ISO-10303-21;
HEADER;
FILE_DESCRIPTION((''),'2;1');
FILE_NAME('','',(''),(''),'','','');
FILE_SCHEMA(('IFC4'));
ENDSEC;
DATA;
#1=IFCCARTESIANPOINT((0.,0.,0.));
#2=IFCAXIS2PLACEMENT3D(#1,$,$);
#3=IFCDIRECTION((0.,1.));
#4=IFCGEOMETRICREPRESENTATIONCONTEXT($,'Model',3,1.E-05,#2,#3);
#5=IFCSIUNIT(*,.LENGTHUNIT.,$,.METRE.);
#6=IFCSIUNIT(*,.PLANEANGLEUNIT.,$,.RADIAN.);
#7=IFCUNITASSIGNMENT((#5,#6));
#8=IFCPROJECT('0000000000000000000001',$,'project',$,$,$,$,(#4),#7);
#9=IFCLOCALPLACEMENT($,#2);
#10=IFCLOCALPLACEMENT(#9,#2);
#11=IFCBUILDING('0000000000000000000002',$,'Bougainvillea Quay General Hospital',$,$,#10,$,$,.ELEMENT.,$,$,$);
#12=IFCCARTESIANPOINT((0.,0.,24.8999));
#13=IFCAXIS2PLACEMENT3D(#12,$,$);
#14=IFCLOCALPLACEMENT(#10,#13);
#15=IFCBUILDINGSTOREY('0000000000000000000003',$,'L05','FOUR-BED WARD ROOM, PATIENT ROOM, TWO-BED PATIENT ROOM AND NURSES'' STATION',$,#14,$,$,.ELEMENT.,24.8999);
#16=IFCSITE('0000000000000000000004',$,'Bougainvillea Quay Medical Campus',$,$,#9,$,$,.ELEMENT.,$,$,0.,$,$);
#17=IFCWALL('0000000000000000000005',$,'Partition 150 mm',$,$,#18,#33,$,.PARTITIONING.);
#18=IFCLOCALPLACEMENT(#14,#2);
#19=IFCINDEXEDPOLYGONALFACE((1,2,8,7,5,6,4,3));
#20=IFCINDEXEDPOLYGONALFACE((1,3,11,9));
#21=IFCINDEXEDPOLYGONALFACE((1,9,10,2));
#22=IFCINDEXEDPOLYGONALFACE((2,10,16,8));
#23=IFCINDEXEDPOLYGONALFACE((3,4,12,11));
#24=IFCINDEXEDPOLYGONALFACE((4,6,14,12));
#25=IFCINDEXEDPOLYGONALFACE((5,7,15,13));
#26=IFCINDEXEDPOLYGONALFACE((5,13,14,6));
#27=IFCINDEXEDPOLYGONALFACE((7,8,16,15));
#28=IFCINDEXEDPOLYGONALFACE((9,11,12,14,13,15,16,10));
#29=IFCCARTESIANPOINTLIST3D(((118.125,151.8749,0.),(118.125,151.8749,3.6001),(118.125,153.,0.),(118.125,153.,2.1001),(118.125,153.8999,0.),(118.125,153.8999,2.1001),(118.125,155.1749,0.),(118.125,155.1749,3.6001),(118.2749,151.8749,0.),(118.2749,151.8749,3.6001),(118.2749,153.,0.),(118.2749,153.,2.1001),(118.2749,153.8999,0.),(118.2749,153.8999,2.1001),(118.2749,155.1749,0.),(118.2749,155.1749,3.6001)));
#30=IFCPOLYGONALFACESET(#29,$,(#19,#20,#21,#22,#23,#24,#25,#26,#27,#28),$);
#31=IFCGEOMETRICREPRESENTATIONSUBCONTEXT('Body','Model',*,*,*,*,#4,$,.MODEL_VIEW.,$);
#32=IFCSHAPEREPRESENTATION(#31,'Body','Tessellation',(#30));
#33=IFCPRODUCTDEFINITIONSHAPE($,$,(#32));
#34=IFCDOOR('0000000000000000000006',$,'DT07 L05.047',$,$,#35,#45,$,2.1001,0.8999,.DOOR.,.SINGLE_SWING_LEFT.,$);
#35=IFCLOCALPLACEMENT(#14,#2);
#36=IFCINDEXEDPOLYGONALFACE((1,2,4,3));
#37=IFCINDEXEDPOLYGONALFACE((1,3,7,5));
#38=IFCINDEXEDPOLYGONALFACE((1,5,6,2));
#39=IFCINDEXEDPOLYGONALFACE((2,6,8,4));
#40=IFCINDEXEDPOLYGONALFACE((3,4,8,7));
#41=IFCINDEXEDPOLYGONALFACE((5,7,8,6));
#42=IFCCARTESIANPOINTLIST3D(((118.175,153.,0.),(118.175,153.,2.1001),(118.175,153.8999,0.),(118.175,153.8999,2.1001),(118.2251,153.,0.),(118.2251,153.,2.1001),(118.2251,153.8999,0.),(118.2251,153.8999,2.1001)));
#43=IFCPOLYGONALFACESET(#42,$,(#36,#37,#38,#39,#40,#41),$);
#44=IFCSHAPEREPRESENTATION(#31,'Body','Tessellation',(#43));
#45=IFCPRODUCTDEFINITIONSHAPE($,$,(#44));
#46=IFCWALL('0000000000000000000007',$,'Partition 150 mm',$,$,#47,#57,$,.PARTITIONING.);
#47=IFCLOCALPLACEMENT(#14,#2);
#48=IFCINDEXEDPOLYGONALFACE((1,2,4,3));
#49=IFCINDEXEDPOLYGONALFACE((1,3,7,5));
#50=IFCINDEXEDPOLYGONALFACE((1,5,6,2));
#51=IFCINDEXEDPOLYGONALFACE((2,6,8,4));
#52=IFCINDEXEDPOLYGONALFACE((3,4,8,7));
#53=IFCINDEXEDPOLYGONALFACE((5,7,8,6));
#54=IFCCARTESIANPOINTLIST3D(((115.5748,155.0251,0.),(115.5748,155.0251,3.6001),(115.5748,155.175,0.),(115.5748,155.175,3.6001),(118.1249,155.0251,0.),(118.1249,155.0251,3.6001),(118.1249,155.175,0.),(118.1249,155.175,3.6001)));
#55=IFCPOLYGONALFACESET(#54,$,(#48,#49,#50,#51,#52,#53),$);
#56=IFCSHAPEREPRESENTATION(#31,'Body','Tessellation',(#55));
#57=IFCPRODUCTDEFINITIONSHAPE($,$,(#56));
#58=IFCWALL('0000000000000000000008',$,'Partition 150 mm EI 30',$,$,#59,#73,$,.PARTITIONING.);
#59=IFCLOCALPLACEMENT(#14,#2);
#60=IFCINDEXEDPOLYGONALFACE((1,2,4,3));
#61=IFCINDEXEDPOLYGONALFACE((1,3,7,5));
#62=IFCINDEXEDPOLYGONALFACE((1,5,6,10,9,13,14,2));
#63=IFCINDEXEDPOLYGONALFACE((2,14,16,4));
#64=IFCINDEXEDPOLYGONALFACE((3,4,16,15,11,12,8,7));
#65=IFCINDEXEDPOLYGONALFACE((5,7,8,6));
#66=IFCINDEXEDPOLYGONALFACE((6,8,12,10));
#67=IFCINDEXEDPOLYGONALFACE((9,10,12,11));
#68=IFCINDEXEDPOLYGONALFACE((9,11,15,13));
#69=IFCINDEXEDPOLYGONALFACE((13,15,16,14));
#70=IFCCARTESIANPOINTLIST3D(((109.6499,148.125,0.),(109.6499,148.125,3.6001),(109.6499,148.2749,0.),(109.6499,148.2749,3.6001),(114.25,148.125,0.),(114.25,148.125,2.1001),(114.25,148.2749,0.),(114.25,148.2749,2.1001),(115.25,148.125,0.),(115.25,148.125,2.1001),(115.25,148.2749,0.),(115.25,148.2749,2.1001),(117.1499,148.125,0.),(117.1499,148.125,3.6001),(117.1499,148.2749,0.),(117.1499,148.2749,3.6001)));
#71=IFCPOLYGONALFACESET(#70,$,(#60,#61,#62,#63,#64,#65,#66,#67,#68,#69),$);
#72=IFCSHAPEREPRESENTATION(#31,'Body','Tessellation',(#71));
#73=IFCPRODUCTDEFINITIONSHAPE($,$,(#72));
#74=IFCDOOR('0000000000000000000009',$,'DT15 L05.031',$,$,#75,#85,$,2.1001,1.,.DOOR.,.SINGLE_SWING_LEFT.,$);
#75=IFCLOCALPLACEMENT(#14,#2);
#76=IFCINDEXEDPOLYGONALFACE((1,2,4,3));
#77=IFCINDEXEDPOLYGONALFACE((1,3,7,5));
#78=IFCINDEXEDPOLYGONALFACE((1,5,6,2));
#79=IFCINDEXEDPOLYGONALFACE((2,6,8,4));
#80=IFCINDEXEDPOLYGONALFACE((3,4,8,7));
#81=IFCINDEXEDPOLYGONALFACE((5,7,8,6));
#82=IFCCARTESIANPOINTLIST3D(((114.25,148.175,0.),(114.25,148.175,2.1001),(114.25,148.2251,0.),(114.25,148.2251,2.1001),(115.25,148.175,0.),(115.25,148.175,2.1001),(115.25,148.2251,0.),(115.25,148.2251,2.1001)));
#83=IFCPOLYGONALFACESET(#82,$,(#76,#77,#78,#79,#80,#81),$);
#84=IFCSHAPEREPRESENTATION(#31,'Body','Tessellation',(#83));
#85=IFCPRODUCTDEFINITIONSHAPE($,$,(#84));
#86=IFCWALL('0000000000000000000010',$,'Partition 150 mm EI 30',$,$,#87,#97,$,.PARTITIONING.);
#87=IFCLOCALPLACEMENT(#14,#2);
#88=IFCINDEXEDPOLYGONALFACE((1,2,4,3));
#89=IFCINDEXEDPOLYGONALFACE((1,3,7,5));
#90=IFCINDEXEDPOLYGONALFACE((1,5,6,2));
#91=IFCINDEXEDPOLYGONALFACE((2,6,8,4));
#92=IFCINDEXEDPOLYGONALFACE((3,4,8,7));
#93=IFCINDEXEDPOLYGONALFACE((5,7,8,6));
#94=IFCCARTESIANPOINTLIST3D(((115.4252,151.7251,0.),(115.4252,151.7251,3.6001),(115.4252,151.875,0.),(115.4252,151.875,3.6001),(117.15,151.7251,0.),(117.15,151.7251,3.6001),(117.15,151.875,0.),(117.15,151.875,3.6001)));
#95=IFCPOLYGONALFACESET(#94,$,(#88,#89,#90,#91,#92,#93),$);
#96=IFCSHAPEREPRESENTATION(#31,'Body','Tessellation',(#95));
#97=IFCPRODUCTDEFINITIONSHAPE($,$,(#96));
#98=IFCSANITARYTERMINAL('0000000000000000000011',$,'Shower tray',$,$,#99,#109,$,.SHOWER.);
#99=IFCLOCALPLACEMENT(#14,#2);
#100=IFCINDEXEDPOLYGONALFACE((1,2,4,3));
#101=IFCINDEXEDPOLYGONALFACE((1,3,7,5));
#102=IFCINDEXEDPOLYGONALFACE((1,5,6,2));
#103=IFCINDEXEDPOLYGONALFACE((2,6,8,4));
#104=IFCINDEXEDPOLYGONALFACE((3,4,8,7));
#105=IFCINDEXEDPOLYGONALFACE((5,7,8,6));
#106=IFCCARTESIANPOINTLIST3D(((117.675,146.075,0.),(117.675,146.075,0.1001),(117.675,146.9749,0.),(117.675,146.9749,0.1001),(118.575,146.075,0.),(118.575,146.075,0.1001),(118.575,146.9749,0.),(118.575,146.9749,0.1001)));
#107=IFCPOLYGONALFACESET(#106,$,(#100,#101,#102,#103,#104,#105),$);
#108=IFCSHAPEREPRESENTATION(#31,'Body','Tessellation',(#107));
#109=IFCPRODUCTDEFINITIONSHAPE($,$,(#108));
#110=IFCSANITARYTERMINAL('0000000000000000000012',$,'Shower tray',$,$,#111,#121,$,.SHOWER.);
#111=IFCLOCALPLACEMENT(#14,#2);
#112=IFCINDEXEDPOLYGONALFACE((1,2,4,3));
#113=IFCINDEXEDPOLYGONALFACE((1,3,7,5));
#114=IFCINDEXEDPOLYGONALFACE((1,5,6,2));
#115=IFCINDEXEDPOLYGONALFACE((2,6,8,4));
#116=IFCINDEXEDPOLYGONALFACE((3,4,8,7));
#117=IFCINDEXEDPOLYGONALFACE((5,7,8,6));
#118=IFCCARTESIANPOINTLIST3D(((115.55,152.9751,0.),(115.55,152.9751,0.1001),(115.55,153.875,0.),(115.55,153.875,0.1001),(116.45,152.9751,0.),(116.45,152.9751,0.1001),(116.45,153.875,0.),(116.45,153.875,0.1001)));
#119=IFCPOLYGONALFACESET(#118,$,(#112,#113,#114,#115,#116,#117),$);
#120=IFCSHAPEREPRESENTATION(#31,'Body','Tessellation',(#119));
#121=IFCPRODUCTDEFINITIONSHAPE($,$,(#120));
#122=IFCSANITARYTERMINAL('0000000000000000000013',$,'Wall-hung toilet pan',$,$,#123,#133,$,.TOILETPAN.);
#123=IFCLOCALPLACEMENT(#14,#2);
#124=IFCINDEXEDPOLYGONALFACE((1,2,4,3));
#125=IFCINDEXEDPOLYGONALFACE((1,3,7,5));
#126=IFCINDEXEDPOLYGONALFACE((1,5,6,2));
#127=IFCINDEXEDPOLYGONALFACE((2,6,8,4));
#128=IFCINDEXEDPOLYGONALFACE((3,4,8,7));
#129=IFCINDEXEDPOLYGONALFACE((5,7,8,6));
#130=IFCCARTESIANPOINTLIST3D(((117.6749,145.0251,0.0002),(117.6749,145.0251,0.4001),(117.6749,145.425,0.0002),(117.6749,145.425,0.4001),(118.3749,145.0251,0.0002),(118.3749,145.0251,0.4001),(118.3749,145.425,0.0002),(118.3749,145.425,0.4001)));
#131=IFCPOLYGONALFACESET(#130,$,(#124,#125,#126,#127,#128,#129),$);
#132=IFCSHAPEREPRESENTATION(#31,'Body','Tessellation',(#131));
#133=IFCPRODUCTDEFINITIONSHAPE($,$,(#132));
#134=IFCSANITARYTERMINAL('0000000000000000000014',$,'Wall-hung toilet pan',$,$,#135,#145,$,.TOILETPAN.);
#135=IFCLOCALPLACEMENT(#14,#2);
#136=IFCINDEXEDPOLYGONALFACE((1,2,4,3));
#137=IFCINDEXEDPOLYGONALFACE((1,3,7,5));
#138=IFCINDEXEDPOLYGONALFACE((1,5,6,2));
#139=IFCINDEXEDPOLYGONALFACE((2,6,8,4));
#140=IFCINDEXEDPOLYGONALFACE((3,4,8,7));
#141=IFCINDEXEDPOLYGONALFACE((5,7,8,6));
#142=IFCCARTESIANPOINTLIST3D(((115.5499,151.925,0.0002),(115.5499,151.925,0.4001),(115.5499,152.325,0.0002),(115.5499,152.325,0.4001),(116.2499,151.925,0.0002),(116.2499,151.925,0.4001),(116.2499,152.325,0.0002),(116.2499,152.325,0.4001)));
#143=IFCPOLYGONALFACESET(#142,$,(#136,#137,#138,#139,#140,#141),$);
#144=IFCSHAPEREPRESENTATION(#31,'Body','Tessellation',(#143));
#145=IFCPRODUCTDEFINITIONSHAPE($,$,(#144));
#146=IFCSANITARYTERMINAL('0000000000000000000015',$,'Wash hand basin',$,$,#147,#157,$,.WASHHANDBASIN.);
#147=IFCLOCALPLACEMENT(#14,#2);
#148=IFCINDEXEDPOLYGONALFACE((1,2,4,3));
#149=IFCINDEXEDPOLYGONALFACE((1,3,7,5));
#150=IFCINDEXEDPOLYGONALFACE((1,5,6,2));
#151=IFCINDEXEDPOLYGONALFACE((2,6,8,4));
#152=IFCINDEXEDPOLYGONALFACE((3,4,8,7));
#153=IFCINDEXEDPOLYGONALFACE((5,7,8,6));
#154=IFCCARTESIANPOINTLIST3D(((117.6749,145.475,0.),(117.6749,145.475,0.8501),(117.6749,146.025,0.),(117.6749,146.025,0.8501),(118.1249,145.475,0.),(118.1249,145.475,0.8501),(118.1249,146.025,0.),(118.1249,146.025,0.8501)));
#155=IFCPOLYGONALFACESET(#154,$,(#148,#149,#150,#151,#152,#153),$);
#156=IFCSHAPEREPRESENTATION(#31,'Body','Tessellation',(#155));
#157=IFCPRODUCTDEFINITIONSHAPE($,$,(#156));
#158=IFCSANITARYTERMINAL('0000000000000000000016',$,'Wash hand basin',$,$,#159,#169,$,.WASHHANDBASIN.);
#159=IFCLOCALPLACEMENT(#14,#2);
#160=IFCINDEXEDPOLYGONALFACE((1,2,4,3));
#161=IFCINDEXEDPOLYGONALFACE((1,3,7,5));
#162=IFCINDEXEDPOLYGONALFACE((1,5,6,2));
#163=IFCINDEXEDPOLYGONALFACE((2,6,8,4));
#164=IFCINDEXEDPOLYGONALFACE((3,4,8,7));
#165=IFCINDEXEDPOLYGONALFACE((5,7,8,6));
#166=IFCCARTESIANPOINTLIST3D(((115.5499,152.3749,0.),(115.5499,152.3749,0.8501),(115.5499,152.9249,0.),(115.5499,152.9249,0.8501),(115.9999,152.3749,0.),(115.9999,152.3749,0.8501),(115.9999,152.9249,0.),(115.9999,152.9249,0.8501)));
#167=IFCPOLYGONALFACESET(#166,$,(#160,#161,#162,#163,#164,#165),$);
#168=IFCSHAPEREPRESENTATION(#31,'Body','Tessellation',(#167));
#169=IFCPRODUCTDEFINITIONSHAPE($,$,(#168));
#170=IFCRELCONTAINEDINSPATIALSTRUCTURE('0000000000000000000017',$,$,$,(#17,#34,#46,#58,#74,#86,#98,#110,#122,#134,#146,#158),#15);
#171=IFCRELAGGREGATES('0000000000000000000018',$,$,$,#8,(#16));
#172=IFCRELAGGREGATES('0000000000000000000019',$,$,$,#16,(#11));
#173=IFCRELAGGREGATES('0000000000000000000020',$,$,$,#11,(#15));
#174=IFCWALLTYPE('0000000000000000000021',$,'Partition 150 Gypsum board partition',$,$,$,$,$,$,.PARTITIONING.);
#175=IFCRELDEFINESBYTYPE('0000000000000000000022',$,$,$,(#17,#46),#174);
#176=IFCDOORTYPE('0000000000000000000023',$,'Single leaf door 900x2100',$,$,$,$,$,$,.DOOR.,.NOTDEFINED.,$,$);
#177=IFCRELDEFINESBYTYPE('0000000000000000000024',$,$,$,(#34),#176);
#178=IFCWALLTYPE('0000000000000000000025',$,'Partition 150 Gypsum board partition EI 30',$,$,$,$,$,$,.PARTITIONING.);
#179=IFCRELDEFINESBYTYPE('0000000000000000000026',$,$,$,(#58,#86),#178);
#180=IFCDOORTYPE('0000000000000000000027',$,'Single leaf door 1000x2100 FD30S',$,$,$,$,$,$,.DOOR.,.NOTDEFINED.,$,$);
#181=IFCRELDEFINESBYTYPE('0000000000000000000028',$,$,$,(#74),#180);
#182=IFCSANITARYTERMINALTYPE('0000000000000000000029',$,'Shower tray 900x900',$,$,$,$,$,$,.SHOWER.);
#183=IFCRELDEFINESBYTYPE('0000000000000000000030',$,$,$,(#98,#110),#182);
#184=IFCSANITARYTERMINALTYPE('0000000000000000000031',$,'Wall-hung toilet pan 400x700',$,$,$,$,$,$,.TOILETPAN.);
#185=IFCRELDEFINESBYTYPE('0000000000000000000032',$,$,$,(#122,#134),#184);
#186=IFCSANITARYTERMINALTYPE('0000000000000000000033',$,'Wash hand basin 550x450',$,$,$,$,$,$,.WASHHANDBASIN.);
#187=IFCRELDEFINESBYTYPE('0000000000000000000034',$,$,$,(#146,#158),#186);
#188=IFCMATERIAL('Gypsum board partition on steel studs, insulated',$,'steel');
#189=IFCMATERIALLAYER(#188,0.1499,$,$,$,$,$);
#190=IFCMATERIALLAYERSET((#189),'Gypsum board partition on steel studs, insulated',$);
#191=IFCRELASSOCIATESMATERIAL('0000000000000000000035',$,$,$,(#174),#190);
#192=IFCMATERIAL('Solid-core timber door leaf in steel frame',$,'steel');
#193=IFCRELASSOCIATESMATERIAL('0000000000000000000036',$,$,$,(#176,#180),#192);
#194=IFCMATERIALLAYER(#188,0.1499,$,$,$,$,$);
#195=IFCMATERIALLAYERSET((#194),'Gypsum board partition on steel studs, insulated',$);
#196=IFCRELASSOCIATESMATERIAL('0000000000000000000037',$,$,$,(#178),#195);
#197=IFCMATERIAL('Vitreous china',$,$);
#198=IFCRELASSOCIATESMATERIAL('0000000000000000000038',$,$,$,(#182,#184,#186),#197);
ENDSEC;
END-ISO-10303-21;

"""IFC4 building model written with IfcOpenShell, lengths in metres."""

from ifc_helpers import new_model, si_unit, direction, frame, frame_2d, origin, origin_2d, place, context, subcontext, project, spatial, rectangle, extrude, material, layer, layer_set, type_object, element, fill, save


model = new_model("IFC4")

# Units and contexts
model_context = context("Model", 3, precision=1e-05, world=origin(), true_north=direction((0.0, 1.0)))
body_context = subcontext(model_context, "Body", "Model", "MODEL_VIEW")
ifc_project = project(units=[si_unit("LENGTHUNIT", "METRE"), si_unit("PLANEANGLEUNIT", "RADIAN")], contexts=[model_context])

# Site, building, storey
site_placement = place(None, origin())
site = spatial("IfcSite", under=ifc_project, at=site_placement, Name="Bougainvillea Quay Medical Campus", CompositionType="ELEMENT", RefElevation=0.0)
building_placement = place(site_placement, origin())
building = spatial("IfcBuilding", under=site, at=building_placement, Name="Bougainvillea Quay General Hospital", CompositionType="ELEMENT")
storey_placement = place(building_placement, frame((0.0, 0.0, 24.8999)))
storey = spatial("IfcBuildingStorey", under=building, at=storey_placement, Name="L05", Description="FOUR-BED WARD ROOM, PATIENT ROOM, TWO-BED PATIENT ROOM AND NURSES' STATION", CompositionType="ELEMENT", Elevation=24.8999)

# Shared definitions
ifc_material_1 = material(Name="Gypsum board partition on steel studs, insulated", Category="steel")
ifc_layer_1 = layer(ifc_material_1, 0.1499)
ifc_layer_set_1 = layer_set([ifc_layer_1], Name="Gypsum board partition on steel studs, insulated")
wall_type_1 = type_object("IfcWallType", Name="Partition 150 Gypsum board partition", PredefinedType="PARTITIONING", material=ifc_layer_set_1)

# Wall, opening, door
wall_1_placement = place(storey_placement, frame((118.2, 151.875, 0.0), z_axis=(0.0, 0.0, 1.0), x_axis=(0.0, 1.0, 0.0)))
wall_1 = element("IfcWall", 1, at=wall_1_placement, inside=storey, type_object=wall_type_1, Name="Partition 150 mm", PredefinedType="PARTITIONING", context=body_context, shape_type="SweptSolid", body=[
    extrude(rectangle(XDim=3.3, YDim=0.1499, at=frame_2d((1.6499, 0.0))), origin(), (0.0, 0.0, 1.0), 3.6001),
])
opening_1_placement = place(wall_1_placement, frame((1.125, 0.0, 0.0)))
opening_1 = element("IfcOpeningElement", 2, at=opening_1_placement, cuts=wall_1, PredefinedType="OPENING", context=body_context, shape_type="SweptSolid", body=[
    extrude(rectangle(XDim=0.8999, YDim=2.1001, at=frame_2d((0.45, 1.05))), frame((0.0, 0.085, 0.0), z_axis=(0.0, -1.0, 0.0), x_axis=(1.0, 0.0, 0.0)), (0.0, 0.0, 1.0), 0.1699),
])
ifc_material_2 = material(Name="Solid-core timber door leaf in steel frame", Category="steel")
door_type_1 = type_object("IfcDoorType", Name="Single leaf door 900x2100", OperationType="NOTDEFINED", PredefinedType="DOOR", material=ifc_material_2)
door_1_placement = place(opening_1_placement, origin())
door_1 = element("IfcDoor", 3, at=door_1_placement, inside=storey, type_object=door_type_1, Name="DT07 L05.047", OperationType="SINGLE_SWING_LEFT", OverallHeight=2.1001, OverallWidth=0.8999, PredefinedType="DOOR", context=body_context, shape_type="SweptSolid", body=[
    extrude(rectangle(XDim=0.8999, YDim=2.1001, at=frame_2d((0.45, 1.05))), frame((0.0, 0.0249, 0.0), z_axis=(0.0, -1.0, 0.0), x_axis=(1.0, 0.0, 0.0)), (0.0, 0.0, 1.0), 0.05),
])
fill(opening_1, door_1)

# Wall
wall_2_placement = place(storey_placement, frame((115.575, 155.1001, 0.0), z_axis=(0.0, 0.0, 1.0), x_axis=(1.0, 0.0, 0.0)))
element("IfcWall", 4, at=wall_2_placement, inside=storey, type_object=wall_type_1, Name="Partition 150 mm", PredefinedType="PARTITIONING", context=body_context, shape_type="SweptSolid", body=[
    extrude(rectangle(XDim=2.55, YDim=0.1499, at=frame_2d((1.2749, 0.0))), origin(), (0.0, 0.0, 1.0), 3.6001),
])

# Wall, opening, door
ifc_layer_2 = layer(ifc_material_1, 0.1499)
ifc_layer_set_2 = layer_set([ifc_layer_2], Name="Gypsum board partition on steel studs, insulated")
wall_type_2 = type_object("IfcWallType", Name="Partition 150 Gypsum board partition EI 30", PredefinedType="PARTITIONING", material=ifc_layer_set_2)
wall_3_placement = place(storey_placement, frame((117.1499, 148.2, 0.0), z_axis=(0.0, 0.0, 1.0), x_axis=(-1.0, 0.0, 0.0)))
wall_3 = element("IfcWall", 5, at=wall_3_placement, inside=storey, type_object=wall_type_2, Name="Partition 150 mm EI 30", PredefinedType="PARTITIONING", context=body_context, shape_type="SweptSolid", body=[
    extrude(rectangle(XDim=7.5, YDim=0.1499, at=frame_2d((3.75, 0.0))), origin(), (0.0, 0.0, 1.0), 3.6001),
])
opening_2_placement = place(wall_3_placement, frame((1.8999, 0.0, 0.0)))
opening_2 = element("IfcOpeningElement", 6, at=opening_2_placement, cuts=wall_3, PredefinedType="OPENING", context=body_context, shape_type="SweptSolid", body=[
    extrude(rectangle(XDim=1.0, YDim=2.1001, at=frame_2d((0.5, 1.05))), frame((0.0, 0.085, 0.0), z_axis=(0.0, -1.0, 0.0), x_axis=(1.0, 0.0, 0.0)), (0.0, 0.0, 1.0), 0.1699),
])
door_type_2 = type_object("IfcDoorType", Name="Single leaf door 1000x2100 FD30S", OperationType="NOTDEFINED", PredefinedType="DOOR", material=ifc_material_2)
door_2_placement = place(opening_2_placement, origin())
door_2 = element("IfcDoor", 7, at=door_2_placement, inside=storey, type_object=door_type_2, Name="DT15 L05.031", OperationType="SINGLE_SWING_LEFT", OverallHeight=2.1001, OverallWidth=1.0, PredefinedType="DOOR", context=body_context, shape_type="SweptSolid", body=[
    extrude(rectangle(XDim=1.0, YDim=2.1001, at=frame_2d((0.5, 1.05))), frame((0.0, 0.0249, 0.0), z_axis=(0.0, -1.0, 0.0), x_axis=(1.0, 0.0, 0.0)), (0.0, 0.0, 1.0), 0.05),
])
fill(opening_2, door_2)

# Wall
wall_4_placement = place(storey_placement, frame((117.1499, 151.8, 0.0), z_axis=(0.0, 0.0, 1.0), x_axis=(-1.0, 0.0, 0.0)))
element("IfcWall", 8, at=wall_4_placement, inside=storey, type_object=wall_type_2, Name="Partition 150 mm EI 30", PredefinedType="PARTITIONING", context=body_context, shape_type="SweptSolid", body=[
    extrude(rectangle(XDim=1.7249, YDim=0.1499, at=frame_2d((0.8623, 0.0))), origin(), (0.0, 0.0, 1.0), 3.6001),
])

# Sanitary terminals
ifc_material_3 = material(Name="Vitreous china")
sanitary_terminal_type_1 = type_object("IfcSanitaryTerminalType", Name="Shower tray 900x900", PredefinedType="SHOWER", material=ifc_material_3)
for number, where, z_axis, x_axis, name in (
    (9, (118.125, 146.5249, 0.0), (0.0, 0.0, 1.0), (0.0, 1.0, 0.0), "Shower tray"),
    (10, (116.0, 153.425, 0.0), (0.0, 0.0, 1.0), (0.0, 1.0, 0.0), "Shower tray"),
):
    element("IfcSanitaryTerminal", number, at=place(storey_placement, frame(where, z_axis=z_axis, x_axis=x_axis)), inside=storey, type_object=sanitary_terminal_type_1, Name=name, PredefinedType="SHOWER", context=body_context, shape_type="SweptSolid", body=[
        extrude(rectangle(XDim=0.8999, YDim=0.8999, at=origin_2d()), origin(), (0.0, 0.0, 1.0), 0.1001),
    ])
sanitary_terminal_type_2 = type_object("IfcSanitaryTerminalType", Name="Wall-hung toilet pan 400x700", PredefinedType="TOILETPAN", material=ifc_material_3)
for number, where, z_axis, x_axis, name in (
    (11, (118.0249, 145.2251, 0.0002), (0.0, 0.0, 1.0), (0.0, 1.0, 0.0), "Wall-hung toilet pan"),
    (12, (115.8999, 152.125, 0.0002), (0.0, 0.0, 1.0), (0.0, 1.0, 0.0), "Wall-hung toilet pan"),
):
    element("IfcSanitaryTerminal", number, at=place(storey_placement, frame(where, z_axis=z_axis, x_axis=x_axis)), inside=storey, type_object=sanitary_terminal_type_2, Name=name, PredefinedType="TOILETPAN", context=body_context, shape_type="SweptSolid", body=[
        extrude(rectangle(XDim=0.3999, YDim=0.7, at=origin_2d()), origin(), (0.0, 0.0, 1.0), 0.3999),
    ])
sanitary_terminal_type_3 = type_object("IfcSanitaryTerminalType", Name="Wash hand basin 550x450", PredefinedType="WASHHANDBASIN", material=ifc_material_3)
for number, where, z_axis, x_axis, name in (
    (13, (117.8999, 145.75, 0.0), (0.0, 0.0, 1.0), (0.0, 1.0, 0.0), "Wash hand basin"),
    (14, (115.7749, 152.6499, 0.0), (0.0, 0.0, 1.0), (0.0, 1.0, 0.0), "Wash hand basin"),
):
    element("IfcSanitaryTerminal", number, at=place(storey_placement, frame(where, z_axis=z_axis, x_axis=x_axis)), inside=storey, type_object=sanitary_terminal_type_3, Name=name, PredefinedType="WASHHANDBASIN", context=body_context, shape_type="SweptSolid", body=[
        extrude(rectangle(XDim=0.55, YDim=0.45, at=origin_2d()), origin(), (0.0, 0.0, 1.0), 0.8501),
    ])

save(model, "model.ifc")
